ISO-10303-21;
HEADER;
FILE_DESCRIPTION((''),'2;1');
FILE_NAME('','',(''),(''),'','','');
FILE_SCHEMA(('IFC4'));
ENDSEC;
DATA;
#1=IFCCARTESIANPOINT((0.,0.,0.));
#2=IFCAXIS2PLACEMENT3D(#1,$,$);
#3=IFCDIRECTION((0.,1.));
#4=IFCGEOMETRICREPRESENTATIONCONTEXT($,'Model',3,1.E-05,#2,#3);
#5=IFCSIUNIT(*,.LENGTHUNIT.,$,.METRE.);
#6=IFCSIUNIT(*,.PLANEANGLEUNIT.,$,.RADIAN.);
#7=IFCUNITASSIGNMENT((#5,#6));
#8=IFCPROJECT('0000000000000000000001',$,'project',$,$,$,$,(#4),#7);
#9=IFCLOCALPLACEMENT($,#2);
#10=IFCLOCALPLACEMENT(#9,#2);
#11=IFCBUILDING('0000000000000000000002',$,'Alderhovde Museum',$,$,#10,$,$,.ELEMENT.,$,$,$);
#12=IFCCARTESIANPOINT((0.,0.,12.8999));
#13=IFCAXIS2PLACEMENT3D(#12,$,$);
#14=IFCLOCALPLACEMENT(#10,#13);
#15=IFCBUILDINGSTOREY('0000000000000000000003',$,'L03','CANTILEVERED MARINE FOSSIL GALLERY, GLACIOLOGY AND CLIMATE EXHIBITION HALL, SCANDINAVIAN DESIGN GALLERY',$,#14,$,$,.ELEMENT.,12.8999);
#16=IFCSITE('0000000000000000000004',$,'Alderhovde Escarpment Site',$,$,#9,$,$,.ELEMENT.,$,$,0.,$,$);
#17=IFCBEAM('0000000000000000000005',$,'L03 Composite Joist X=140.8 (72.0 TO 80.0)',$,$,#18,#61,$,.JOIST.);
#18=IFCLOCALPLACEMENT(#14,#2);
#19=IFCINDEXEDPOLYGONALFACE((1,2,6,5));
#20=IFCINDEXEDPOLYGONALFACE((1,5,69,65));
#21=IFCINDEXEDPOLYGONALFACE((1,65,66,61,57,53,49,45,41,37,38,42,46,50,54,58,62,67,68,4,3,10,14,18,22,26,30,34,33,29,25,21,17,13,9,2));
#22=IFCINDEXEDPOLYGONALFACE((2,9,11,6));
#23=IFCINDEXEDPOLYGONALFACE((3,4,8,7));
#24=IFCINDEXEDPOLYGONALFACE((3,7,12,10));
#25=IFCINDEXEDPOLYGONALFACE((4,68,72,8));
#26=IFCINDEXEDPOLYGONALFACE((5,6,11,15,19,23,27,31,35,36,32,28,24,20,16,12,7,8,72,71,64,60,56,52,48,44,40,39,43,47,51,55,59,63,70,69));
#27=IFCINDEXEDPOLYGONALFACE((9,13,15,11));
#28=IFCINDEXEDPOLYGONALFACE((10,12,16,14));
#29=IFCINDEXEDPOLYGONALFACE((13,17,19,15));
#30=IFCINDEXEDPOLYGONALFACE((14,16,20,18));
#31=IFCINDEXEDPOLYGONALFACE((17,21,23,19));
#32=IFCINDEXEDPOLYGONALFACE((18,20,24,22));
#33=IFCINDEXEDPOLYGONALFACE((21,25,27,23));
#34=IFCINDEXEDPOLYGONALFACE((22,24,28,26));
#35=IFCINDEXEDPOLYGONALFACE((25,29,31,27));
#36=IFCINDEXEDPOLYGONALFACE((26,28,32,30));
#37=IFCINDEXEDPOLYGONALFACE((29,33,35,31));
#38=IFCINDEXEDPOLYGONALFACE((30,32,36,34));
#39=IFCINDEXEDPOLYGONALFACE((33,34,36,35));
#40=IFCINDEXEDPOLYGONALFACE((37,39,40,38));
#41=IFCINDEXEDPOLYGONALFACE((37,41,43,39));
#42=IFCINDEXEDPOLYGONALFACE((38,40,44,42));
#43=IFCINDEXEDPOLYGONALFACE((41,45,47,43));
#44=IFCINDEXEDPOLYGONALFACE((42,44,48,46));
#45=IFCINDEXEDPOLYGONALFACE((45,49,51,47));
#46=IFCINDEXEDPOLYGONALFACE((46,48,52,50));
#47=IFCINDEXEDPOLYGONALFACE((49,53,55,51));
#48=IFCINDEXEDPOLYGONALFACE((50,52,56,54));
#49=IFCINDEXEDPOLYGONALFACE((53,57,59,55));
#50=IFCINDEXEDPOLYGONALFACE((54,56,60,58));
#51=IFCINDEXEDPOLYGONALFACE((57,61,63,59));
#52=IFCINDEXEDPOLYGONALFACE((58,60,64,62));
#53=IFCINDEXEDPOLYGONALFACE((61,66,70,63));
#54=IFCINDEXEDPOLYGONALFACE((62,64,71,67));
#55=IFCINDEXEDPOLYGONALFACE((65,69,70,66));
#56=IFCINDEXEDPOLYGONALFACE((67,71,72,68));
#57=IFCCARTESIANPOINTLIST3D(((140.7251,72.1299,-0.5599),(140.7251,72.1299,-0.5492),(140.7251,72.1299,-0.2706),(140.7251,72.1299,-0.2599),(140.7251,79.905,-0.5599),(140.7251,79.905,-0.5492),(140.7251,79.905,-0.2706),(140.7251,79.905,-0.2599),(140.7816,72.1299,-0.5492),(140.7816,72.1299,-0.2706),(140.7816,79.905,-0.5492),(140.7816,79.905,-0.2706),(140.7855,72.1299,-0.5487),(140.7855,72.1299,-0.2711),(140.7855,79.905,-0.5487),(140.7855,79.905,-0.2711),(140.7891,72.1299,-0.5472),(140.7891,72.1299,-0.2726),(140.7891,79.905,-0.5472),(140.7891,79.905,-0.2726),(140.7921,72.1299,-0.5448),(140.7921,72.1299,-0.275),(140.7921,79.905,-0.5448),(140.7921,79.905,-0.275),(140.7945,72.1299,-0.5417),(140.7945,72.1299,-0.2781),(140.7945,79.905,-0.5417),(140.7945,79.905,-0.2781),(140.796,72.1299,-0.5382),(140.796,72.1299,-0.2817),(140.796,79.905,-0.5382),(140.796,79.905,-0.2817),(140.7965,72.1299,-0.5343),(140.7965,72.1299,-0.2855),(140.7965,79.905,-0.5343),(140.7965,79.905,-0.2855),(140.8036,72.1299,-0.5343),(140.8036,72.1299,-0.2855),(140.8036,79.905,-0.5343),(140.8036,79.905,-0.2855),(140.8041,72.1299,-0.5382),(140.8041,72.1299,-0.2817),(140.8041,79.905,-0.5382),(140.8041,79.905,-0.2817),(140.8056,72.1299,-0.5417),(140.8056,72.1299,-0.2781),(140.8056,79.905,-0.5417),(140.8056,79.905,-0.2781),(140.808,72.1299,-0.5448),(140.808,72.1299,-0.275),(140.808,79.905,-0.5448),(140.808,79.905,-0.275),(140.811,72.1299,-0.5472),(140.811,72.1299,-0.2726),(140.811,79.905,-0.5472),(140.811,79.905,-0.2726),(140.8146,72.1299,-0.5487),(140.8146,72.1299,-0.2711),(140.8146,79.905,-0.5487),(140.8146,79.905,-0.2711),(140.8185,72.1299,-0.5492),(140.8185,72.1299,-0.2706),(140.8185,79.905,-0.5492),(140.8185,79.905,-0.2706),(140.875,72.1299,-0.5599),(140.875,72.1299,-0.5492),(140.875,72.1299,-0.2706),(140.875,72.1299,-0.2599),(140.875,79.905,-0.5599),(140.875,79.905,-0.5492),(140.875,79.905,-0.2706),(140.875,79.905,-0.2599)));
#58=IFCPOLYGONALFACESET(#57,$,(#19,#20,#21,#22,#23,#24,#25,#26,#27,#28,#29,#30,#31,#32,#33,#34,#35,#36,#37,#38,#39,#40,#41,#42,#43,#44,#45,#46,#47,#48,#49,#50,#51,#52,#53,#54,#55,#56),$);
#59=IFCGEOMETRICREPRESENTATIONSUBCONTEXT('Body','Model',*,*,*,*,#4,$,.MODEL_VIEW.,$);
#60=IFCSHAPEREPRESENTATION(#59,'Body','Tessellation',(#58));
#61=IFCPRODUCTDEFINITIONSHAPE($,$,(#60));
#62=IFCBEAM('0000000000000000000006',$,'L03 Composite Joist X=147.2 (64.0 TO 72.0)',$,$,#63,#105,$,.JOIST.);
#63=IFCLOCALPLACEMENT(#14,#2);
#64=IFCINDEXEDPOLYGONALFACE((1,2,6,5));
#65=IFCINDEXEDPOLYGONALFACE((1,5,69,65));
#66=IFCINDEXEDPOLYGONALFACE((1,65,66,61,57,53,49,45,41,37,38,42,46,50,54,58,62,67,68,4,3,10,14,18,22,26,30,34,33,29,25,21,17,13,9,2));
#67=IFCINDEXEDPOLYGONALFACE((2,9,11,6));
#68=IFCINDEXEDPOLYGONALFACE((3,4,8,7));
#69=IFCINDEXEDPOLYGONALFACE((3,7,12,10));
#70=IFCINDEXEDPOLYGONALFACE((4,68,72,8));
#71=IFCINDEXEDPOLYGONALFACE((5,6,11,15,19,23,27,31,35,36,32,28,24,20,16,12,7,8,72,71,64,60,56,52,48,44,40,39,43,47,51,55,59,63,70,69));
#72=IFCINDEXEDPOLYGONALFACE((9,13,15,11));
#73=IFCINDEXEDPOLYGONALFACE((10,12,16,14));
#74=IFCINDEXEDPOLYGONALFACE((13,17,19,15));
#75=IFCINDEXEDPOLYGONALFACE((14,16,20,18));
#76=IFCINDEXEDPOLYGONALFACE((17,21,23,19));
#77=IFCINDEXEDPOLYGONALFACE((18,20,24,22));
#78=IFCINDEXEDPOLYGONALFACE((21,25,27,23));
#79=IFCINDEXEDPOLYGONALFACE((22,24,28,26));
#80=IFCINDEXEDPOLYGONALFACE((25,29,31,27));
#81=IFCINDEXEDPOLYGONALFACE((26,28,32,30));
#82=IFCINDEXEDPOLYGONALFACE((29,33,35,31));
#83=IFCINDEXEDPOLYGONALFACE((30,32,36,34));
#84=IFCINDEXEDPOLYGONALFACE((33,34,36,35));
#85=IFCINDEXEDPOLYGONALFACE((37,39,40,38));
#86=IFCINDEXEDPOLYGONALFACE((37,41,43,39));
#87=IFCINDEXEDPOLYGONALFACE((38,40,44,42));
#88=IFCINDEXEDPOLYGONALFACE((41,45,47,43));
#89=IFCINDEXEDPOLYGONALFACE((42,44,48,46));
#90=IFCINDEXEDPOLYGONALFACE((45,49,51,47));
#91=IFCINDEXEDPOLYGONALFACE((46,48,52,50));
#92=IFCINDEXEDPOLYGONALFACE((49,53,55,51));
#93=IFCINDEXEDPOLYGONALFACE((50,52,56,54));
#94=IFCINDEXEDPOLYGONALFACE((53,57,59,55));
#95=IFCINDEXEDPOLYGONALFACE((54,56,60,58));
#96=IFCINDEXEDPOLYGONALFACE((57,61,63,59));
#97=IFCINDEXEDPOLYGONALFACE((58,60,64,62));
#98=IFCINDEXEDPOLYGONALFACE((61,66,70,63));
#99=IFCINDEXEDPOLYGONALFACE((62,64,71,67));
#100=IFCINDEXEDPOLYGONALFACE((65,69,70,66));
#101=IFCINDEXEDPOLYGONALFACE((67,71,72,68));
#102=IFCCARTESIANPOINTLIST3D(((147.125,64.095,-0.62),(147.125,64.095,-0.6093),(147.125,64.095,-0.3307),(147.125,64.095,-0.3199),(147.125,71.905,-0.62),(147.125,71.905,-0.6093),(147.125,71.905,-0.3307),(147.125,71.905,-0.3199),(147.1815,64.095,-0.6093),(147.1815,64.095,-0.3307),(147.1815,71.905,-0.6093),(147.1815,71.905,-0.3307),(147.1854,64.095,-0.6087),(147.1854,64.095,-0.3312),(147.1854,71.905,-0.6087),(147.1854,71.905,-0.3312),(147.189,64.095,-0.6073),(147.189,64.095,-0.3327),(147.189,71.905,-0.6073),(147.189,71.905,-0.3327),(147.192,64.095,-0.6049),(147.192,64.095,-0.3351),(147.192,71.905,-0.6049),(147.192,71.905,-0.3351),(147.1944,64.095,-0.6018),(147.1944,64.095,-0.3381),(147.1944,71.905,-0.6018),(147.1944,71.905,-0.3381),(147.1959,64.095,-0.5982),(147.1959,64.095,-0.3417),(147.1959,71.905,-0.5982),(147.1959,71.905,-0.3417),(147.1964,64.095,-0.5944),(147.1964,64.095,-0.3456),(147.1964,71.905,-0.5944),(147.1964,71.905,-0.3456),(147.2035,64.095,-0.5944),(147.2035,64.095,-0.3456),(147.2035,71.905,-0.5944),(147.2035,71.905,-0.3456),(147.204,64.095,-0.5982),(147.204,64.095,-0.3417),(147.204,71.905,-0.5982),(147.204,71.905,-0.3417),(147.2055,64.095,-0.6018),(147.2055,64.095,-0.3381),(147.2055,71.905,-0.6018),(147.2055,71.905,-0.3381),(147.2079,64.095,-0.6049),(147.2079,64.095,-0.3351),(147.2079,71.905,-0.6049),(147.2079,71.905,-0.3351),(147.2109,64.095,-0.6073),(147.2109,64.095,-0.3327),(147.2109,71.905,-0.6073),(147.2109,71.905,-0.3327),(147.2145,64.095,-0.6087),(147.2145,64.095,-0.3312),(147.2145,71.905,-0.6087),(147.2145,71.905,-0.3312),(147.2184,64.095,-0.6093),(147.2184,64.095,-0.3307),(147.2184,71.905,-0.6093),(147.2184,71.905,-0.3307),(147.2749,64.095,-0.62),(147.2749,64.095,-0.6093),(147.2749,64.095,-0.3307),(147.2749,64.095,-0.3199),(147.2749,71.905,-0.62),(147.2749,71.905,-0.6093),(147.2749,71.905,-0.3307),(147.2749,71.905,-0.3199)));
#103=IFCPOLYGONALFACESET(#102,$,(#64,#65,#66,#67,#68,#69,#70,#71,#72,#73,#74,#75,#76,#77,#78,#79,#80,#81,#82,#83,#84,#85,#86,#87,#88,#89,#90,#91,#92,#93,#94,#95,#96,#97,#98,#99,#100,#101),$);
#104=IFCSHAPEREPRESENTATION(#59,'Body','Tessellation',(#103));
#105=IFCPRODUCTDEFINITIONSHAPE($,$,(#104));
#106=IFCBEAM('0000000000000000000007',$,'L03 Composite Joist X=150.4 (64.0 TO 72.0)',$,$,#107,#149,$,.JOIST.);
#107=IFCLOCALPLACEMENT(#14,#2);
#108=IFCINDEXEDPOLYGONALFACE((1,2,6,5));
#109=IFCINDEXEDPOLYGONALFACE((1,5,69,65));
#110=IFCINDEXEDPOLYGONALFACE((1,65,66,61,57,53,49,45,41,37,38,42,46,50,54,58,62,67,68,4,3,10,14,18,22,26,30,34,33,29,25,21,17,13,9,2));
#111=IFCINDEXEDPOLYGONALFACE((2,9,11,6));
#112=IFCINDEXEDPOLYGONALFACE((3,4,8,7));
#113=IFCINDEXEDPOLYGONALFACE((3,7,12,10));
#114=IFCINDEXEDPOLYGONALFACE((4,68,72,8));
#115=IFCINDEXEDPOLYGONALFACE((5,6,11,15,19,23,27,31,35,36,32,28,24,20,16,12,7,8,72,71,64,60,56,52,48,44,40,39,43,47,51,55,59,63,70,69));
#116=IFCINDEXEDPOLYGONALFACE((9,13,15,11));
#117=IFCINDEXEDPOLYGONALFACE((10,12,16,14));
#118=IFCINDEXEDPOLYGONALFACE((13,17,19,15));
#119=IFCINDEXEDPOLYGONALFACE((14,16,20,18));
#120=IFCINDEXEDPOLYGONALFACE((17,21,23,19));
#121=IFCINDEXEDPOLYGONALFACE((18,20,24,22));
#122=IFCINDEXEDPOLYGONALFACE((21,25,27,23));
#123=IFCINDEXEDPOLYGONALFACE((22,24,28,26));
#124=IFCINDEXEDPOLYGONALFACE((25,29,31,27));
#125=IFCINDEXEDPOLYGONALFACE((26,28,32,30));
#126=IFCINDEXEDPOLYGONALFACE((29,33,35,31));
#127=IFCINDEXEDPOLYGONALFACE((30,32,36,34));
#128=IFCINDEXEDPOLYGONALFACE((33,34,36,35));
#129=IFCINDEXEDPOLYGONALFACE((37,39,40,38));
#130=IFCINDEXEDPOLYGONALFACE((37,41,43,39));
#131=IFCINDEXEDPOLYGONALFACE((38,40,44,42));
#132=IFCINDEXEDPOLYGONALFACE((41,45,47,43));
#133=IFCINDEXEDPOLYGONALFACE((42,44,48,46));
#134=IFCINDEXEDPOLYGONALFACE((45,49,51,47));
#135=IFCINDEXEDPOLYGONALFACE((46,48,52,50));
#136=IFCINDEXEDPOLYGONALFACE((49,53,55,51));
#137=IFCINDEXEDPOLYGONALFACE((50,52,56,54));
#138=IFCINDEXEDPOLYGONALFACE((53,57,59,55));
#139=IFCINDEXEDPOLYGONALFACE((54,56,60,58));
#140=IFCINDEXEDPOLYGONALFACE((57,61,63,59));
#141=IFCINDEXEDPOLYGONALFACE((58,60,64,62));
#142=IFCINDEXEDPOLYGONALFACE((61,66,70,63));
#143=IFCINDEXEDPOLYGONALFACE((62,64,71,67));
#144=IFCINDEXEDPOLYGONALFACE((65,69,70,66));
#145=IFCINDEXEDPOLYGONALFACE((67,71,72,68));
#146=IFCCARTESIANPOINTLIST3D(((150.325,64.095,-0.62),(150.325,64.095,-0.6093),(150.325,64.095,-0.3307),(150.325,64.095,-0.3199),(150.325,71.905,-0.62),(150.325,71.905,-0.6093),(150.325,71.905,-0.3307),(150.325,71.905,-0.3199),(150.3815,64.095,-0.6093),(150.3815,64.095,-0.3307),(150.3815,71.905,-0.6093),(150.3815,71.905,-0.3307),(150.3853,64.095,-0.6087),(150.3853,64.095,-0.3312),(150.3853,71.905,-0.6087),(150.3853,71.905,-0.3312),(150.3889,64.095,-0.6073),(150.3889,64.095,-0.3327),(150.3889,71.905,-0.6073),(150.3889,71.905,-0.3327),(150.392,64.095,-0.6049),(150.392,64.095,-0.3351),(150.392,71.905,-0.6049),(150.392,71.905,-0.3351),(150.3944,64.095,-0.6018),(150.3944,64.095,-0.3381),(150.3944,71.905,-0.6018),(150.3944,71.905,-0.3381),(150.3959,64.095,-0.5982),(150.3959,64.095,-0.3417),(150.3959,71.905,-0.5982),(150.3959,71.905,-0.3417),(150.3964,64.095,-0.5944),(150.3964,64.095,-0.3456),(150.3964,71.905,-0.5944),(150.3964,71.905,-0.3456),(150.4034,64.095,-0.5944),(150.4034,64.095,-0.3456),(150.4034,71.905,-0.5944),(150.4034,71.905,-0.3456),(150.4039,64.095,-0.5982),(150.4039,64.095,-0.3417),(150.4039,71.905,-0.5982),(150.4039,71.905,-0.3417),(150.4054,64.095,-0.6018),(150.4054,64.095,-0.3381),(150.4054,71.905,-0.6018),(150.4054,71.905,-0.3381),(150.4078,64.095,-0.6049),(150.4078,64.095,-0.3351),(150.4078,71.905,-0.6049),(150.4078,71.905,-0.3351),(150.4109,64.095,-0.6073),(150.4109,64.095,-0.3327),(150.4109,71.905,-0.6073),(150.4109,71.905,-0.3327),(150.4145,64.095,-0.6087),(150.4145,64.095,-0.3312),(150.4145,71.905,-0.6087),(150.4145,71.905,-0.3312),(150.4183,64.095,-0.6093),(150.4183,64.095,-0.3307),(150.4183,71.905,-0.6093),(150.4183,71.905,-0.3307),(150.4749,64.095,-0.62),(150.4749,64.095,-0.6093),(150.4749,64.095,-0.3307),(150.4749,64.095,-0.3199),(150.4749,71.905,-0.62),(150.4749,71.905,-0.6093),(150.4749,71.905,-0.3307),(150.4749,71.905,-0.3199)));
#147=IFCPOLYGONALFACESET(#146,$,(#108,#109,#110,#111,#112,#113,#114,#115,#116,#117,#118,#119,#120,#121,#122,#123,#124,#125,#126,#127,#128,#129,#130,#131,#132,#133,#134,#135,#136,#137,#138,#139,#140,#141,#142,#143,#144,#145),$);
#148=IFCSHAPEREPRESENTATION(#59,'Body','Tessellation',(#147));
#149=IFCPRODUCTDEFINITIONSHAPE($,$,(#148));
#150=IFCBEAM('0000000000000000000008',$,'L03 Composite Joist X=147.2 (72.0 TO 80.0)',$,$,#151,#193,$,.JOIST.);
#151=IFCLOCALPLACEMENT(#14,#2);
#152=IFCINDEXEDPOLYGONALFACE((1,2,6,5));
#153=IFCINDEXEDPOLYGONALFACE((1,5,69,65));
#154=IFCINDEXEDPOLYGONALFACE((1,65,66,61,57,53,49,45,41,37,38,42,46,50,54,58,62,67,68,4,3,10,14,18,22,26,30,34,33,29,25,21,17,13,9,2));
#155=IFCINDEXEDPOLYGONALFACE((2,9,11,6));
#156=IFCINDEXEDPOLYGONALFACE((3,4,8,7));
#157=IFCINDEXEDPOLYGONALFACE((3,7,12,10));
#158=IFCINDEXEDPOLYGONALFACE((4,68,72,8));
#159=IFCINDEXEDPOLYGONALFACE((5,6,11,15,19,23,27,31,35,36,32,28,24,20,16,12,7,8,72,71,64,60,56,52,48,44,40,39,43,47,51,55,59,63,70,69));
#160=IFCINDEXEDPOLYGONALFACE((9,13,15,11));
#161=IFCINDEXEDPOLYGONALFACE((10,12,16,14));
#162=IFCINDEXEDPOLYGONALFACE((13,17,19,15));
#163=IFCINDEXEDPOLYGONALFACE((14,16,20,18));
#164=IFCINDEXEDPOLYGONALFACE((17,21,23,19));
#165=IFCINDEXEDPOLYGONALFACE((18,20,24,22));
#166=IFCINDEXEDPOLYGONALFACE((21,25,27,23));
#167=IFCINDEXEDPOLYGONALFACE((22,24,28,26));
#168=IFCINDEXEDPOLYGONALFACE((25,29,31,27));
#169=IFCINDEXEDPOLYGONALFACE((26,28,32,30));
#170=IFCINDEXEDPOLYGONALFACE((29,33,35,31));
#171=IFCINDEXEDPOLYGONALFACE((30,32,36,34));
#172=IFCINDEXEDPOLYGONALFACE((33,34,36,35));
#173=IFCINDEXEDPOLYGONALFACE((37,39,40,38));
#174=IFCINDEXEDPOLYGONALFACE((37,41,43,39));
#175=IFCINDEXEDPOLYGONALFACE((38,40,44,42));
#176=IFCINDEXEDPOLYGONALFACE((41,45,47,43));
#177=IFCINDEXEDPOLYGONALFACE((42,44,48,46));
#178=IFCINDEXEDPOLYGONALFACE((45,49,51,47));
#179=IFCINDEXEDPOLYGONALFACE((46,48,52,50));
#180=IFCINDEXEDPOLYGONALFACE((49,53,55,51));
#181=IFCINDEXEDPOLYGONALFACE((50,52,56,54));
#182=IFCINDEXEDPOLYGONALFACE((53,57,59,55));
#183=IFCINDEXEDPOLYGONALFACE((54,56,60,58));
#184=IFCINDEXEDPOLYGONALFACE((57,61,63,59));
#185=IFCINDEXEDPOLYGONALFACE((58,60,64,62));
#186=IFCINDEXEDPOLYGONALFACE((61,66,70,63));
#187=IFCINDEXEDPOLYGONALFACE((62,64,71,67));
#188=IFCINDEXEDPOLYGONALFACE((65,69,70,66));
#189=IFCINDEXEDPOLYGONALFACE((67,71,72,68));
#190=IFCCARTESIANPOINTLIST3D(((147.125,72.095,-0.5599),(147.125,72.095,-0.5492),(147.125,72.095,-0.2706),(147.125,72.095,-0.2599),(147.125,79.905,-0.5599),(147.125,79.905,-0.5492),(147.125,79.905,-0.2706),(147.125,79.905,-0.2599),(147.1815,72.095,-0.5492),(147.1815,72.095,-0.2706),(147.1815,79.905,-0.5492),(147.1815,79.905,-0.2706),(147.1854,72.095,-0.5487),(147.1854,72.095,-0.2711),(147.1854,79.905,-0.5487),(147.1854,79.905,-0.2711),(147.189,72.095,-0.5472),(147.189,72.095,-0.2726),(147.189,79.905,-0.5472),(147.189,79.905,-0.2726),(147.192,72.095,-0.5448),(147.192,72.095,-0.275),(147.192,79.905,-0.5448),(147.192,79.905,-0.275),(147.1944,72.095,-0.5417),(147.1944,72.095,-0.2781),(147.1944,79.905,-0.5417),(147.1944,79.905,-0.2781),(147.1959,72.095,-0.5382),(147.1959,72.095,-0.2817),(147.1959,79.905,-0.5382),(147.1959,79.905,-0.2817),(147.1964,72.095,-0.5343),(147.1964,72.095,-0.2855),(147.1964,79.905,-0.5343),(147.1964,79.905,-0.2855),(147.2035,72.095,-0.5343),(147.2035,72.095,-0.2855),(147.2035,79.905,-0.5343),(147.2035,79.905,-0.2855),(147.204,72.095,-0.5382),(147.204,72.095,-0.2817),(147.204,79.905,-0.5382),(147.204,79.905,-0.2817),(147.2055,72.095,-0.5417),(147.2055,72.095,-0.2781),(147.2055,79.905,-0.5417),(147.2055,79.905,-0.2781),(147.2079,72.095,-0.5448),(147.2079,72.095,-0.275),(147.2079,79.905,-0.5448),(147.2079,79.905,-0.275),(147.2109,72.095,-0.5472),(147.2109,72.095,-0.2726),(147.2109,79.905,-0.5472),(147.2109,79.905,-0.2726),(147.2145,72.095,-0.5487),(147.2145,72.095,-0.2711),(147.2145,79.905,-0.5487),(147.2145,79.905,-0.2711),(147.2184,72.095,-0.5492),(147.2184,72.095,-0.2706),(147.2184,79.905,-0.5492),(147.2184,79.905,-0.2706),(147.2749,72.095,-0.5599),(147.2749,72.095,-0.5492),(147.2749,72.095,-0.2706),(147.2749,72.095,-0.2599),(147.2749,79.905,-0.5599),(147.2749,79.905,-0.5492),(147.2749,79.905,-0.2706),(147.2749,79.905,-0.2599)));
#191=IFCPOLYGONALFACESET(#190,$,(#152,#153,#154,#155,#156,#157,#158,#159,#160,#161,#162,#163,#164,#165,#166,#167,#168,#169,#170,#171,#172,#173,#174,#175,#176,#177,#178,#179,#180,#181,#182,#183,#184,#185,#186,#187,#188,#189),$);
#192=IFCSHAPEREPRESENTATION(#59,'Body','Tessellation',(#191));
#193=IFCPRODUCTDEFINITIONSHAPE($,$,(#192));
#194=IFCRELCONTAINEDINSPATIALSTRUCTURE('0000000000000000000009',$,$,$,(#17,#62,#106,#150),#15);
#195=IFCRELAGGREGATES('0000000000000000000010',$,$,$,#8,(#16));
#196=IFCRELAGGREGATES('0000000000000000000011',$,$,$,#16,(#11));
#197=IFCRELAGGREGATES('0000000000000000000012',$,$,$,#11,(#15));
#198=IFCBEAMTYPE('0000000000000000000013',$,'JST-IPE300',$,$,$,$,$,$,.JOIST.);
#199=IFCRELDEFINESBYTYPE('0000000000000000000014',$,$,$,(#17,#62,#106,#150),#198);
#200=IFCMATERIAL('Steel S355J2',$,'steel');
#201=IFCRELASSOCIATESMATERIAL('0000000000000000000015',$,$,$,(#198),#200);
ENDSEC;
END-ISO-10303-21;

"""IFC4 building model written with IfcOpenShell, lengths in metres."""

from ifc_helpers import new_model, si_unit, direction, frame, origin, origin_2d, place, context, subcontext, project, spatial, i_section, extrude, material, material_profile, profile_set, type_object, element, save


model = new_model("IFC4")

# Units and contexts
model_context = context("Model", 3, precision=1e-05, world=origin(), true_north=direction((0.0, 1.0)))
body_context = subcontext(model_context, "Body", "Model", "MODEL_VIEW")
ifc_project = project(units=[si_unit("LENGTHUNIT", "METRE"), si_unit("PLANEANGLEUNIT", "RADIAN")], contexts=[model_context])

# Site, building, storey
site_placement = place(None, origin())
site = spatial("IfcSite", under=ifc_project, at=site_placement, Name="Alderhovde Escarpment Site", CompositionType="ELEMENT", RefElevation=0.0)
building_placement = place(site_placement, origin())
building = spatial("IfcBuilding", under=site, at=building_placement, Name="Alderhovde Museum", CompositionType="ELEMENT")
storey_placement = place(building_placement, frame((0.0, 0.0, 12.8999)))
storey = spatial("IfcBuildingStorey", under=building, at=storey_placement, Name="L03", Description="CANTILEVERED MARINE FOSSIL GALLERY, GLACIOLOGY AND CLIMATE EXHIBITION HALL, SCANDINAVIAN DESIGN GALLERY", CompositionType="ELEMENT", Elevation=12.8999)

# Beams
ifc_material_1 = material(Name="Steel S355J2", Category="steel")
ifc_material_profile_1 = material_profile(ifc_material_1, i_section(OverallWidth=0.1499, OverallDepth=0.3, WebThickness=0.0071, FlangeThickness=0.0107, FilletRadius=0.0149, at=origin_2d()), Name="IPE 300")
ifc_profile_set_1 = profile_set([ifc_material_profile_1], Name="Steel S355J2")
beam_type_1 = type_object("IfcBeamType", Name="JST-IPE300", PredefinedType="JOIST", material=ifc_profile_set_1)
beam_1_placement = place(storey_placement, frame((140.8, 72.1299, -0.4099), z_axis=(0.0, 1.0, 0.0), x_axis=(-1.0, 0.0, 0.0)))
element("IfcBeam", 1, at=beam_1_placement, inside=storey, type_object=beam_type_1, Name="L03 Composite Joist X=140.8 (72.0 TO 80.0)", PredefinedType="JOIST", context=body_context, shape_type="SweptSolid", body=[
    extrude(i_section(OverallWidth=0.1499, OverallDepth=0.3, WebThickness=0.0071, FlangeThickness=0.0107, FilletRadius=0.0149, at=origin_2d()), origin(), (0.0, 0.0, 1.0), 7.7751),
])
for number, where, z_axis, x_axis, name in (
    (2, (147.2, 64.095, -0.47), (0.0, 1.0, 0.0), (-1.0, 0.0, 0.0), "L03 Composite Joist X=147.2 (64.0 TO 72.0)"),
    (3, (150.3999, 64.095, -0.47), (0.0, 1.0, 0.0), (-1.0, 0.0, 0.0), "L03 Composite Joist X=150.4 (64.0 TO 72.0)"),
    (4, (147.2, 72.095, -0.4099), (0.0, 1.0, 0.0), (-1.0, 0.0, 0.0), "L03 Composite Joist X=147.2 (72.0 TO 80.0)"),
):
    element("IfcBeam", number, at=place(storey_placement, frame(where, z_axis=z_axis, x_axis=x_axis)), inside=storey, type_object=beam_type_1, Name=name, PredefinedType="JOIST", context=body_context, shape_type="SweptSolid", body=[
        extrude(i_section(OverallWidth=0.1499, OverallDepth=0.3, WebThickness=0.0071, FlangeThickness=0.0107, FilletRadius=0.0149, at=origin_2d()), origin(), (0.0, 0.0, 1.0), 7.8101),
    ])

save(model, "model.ifc")
